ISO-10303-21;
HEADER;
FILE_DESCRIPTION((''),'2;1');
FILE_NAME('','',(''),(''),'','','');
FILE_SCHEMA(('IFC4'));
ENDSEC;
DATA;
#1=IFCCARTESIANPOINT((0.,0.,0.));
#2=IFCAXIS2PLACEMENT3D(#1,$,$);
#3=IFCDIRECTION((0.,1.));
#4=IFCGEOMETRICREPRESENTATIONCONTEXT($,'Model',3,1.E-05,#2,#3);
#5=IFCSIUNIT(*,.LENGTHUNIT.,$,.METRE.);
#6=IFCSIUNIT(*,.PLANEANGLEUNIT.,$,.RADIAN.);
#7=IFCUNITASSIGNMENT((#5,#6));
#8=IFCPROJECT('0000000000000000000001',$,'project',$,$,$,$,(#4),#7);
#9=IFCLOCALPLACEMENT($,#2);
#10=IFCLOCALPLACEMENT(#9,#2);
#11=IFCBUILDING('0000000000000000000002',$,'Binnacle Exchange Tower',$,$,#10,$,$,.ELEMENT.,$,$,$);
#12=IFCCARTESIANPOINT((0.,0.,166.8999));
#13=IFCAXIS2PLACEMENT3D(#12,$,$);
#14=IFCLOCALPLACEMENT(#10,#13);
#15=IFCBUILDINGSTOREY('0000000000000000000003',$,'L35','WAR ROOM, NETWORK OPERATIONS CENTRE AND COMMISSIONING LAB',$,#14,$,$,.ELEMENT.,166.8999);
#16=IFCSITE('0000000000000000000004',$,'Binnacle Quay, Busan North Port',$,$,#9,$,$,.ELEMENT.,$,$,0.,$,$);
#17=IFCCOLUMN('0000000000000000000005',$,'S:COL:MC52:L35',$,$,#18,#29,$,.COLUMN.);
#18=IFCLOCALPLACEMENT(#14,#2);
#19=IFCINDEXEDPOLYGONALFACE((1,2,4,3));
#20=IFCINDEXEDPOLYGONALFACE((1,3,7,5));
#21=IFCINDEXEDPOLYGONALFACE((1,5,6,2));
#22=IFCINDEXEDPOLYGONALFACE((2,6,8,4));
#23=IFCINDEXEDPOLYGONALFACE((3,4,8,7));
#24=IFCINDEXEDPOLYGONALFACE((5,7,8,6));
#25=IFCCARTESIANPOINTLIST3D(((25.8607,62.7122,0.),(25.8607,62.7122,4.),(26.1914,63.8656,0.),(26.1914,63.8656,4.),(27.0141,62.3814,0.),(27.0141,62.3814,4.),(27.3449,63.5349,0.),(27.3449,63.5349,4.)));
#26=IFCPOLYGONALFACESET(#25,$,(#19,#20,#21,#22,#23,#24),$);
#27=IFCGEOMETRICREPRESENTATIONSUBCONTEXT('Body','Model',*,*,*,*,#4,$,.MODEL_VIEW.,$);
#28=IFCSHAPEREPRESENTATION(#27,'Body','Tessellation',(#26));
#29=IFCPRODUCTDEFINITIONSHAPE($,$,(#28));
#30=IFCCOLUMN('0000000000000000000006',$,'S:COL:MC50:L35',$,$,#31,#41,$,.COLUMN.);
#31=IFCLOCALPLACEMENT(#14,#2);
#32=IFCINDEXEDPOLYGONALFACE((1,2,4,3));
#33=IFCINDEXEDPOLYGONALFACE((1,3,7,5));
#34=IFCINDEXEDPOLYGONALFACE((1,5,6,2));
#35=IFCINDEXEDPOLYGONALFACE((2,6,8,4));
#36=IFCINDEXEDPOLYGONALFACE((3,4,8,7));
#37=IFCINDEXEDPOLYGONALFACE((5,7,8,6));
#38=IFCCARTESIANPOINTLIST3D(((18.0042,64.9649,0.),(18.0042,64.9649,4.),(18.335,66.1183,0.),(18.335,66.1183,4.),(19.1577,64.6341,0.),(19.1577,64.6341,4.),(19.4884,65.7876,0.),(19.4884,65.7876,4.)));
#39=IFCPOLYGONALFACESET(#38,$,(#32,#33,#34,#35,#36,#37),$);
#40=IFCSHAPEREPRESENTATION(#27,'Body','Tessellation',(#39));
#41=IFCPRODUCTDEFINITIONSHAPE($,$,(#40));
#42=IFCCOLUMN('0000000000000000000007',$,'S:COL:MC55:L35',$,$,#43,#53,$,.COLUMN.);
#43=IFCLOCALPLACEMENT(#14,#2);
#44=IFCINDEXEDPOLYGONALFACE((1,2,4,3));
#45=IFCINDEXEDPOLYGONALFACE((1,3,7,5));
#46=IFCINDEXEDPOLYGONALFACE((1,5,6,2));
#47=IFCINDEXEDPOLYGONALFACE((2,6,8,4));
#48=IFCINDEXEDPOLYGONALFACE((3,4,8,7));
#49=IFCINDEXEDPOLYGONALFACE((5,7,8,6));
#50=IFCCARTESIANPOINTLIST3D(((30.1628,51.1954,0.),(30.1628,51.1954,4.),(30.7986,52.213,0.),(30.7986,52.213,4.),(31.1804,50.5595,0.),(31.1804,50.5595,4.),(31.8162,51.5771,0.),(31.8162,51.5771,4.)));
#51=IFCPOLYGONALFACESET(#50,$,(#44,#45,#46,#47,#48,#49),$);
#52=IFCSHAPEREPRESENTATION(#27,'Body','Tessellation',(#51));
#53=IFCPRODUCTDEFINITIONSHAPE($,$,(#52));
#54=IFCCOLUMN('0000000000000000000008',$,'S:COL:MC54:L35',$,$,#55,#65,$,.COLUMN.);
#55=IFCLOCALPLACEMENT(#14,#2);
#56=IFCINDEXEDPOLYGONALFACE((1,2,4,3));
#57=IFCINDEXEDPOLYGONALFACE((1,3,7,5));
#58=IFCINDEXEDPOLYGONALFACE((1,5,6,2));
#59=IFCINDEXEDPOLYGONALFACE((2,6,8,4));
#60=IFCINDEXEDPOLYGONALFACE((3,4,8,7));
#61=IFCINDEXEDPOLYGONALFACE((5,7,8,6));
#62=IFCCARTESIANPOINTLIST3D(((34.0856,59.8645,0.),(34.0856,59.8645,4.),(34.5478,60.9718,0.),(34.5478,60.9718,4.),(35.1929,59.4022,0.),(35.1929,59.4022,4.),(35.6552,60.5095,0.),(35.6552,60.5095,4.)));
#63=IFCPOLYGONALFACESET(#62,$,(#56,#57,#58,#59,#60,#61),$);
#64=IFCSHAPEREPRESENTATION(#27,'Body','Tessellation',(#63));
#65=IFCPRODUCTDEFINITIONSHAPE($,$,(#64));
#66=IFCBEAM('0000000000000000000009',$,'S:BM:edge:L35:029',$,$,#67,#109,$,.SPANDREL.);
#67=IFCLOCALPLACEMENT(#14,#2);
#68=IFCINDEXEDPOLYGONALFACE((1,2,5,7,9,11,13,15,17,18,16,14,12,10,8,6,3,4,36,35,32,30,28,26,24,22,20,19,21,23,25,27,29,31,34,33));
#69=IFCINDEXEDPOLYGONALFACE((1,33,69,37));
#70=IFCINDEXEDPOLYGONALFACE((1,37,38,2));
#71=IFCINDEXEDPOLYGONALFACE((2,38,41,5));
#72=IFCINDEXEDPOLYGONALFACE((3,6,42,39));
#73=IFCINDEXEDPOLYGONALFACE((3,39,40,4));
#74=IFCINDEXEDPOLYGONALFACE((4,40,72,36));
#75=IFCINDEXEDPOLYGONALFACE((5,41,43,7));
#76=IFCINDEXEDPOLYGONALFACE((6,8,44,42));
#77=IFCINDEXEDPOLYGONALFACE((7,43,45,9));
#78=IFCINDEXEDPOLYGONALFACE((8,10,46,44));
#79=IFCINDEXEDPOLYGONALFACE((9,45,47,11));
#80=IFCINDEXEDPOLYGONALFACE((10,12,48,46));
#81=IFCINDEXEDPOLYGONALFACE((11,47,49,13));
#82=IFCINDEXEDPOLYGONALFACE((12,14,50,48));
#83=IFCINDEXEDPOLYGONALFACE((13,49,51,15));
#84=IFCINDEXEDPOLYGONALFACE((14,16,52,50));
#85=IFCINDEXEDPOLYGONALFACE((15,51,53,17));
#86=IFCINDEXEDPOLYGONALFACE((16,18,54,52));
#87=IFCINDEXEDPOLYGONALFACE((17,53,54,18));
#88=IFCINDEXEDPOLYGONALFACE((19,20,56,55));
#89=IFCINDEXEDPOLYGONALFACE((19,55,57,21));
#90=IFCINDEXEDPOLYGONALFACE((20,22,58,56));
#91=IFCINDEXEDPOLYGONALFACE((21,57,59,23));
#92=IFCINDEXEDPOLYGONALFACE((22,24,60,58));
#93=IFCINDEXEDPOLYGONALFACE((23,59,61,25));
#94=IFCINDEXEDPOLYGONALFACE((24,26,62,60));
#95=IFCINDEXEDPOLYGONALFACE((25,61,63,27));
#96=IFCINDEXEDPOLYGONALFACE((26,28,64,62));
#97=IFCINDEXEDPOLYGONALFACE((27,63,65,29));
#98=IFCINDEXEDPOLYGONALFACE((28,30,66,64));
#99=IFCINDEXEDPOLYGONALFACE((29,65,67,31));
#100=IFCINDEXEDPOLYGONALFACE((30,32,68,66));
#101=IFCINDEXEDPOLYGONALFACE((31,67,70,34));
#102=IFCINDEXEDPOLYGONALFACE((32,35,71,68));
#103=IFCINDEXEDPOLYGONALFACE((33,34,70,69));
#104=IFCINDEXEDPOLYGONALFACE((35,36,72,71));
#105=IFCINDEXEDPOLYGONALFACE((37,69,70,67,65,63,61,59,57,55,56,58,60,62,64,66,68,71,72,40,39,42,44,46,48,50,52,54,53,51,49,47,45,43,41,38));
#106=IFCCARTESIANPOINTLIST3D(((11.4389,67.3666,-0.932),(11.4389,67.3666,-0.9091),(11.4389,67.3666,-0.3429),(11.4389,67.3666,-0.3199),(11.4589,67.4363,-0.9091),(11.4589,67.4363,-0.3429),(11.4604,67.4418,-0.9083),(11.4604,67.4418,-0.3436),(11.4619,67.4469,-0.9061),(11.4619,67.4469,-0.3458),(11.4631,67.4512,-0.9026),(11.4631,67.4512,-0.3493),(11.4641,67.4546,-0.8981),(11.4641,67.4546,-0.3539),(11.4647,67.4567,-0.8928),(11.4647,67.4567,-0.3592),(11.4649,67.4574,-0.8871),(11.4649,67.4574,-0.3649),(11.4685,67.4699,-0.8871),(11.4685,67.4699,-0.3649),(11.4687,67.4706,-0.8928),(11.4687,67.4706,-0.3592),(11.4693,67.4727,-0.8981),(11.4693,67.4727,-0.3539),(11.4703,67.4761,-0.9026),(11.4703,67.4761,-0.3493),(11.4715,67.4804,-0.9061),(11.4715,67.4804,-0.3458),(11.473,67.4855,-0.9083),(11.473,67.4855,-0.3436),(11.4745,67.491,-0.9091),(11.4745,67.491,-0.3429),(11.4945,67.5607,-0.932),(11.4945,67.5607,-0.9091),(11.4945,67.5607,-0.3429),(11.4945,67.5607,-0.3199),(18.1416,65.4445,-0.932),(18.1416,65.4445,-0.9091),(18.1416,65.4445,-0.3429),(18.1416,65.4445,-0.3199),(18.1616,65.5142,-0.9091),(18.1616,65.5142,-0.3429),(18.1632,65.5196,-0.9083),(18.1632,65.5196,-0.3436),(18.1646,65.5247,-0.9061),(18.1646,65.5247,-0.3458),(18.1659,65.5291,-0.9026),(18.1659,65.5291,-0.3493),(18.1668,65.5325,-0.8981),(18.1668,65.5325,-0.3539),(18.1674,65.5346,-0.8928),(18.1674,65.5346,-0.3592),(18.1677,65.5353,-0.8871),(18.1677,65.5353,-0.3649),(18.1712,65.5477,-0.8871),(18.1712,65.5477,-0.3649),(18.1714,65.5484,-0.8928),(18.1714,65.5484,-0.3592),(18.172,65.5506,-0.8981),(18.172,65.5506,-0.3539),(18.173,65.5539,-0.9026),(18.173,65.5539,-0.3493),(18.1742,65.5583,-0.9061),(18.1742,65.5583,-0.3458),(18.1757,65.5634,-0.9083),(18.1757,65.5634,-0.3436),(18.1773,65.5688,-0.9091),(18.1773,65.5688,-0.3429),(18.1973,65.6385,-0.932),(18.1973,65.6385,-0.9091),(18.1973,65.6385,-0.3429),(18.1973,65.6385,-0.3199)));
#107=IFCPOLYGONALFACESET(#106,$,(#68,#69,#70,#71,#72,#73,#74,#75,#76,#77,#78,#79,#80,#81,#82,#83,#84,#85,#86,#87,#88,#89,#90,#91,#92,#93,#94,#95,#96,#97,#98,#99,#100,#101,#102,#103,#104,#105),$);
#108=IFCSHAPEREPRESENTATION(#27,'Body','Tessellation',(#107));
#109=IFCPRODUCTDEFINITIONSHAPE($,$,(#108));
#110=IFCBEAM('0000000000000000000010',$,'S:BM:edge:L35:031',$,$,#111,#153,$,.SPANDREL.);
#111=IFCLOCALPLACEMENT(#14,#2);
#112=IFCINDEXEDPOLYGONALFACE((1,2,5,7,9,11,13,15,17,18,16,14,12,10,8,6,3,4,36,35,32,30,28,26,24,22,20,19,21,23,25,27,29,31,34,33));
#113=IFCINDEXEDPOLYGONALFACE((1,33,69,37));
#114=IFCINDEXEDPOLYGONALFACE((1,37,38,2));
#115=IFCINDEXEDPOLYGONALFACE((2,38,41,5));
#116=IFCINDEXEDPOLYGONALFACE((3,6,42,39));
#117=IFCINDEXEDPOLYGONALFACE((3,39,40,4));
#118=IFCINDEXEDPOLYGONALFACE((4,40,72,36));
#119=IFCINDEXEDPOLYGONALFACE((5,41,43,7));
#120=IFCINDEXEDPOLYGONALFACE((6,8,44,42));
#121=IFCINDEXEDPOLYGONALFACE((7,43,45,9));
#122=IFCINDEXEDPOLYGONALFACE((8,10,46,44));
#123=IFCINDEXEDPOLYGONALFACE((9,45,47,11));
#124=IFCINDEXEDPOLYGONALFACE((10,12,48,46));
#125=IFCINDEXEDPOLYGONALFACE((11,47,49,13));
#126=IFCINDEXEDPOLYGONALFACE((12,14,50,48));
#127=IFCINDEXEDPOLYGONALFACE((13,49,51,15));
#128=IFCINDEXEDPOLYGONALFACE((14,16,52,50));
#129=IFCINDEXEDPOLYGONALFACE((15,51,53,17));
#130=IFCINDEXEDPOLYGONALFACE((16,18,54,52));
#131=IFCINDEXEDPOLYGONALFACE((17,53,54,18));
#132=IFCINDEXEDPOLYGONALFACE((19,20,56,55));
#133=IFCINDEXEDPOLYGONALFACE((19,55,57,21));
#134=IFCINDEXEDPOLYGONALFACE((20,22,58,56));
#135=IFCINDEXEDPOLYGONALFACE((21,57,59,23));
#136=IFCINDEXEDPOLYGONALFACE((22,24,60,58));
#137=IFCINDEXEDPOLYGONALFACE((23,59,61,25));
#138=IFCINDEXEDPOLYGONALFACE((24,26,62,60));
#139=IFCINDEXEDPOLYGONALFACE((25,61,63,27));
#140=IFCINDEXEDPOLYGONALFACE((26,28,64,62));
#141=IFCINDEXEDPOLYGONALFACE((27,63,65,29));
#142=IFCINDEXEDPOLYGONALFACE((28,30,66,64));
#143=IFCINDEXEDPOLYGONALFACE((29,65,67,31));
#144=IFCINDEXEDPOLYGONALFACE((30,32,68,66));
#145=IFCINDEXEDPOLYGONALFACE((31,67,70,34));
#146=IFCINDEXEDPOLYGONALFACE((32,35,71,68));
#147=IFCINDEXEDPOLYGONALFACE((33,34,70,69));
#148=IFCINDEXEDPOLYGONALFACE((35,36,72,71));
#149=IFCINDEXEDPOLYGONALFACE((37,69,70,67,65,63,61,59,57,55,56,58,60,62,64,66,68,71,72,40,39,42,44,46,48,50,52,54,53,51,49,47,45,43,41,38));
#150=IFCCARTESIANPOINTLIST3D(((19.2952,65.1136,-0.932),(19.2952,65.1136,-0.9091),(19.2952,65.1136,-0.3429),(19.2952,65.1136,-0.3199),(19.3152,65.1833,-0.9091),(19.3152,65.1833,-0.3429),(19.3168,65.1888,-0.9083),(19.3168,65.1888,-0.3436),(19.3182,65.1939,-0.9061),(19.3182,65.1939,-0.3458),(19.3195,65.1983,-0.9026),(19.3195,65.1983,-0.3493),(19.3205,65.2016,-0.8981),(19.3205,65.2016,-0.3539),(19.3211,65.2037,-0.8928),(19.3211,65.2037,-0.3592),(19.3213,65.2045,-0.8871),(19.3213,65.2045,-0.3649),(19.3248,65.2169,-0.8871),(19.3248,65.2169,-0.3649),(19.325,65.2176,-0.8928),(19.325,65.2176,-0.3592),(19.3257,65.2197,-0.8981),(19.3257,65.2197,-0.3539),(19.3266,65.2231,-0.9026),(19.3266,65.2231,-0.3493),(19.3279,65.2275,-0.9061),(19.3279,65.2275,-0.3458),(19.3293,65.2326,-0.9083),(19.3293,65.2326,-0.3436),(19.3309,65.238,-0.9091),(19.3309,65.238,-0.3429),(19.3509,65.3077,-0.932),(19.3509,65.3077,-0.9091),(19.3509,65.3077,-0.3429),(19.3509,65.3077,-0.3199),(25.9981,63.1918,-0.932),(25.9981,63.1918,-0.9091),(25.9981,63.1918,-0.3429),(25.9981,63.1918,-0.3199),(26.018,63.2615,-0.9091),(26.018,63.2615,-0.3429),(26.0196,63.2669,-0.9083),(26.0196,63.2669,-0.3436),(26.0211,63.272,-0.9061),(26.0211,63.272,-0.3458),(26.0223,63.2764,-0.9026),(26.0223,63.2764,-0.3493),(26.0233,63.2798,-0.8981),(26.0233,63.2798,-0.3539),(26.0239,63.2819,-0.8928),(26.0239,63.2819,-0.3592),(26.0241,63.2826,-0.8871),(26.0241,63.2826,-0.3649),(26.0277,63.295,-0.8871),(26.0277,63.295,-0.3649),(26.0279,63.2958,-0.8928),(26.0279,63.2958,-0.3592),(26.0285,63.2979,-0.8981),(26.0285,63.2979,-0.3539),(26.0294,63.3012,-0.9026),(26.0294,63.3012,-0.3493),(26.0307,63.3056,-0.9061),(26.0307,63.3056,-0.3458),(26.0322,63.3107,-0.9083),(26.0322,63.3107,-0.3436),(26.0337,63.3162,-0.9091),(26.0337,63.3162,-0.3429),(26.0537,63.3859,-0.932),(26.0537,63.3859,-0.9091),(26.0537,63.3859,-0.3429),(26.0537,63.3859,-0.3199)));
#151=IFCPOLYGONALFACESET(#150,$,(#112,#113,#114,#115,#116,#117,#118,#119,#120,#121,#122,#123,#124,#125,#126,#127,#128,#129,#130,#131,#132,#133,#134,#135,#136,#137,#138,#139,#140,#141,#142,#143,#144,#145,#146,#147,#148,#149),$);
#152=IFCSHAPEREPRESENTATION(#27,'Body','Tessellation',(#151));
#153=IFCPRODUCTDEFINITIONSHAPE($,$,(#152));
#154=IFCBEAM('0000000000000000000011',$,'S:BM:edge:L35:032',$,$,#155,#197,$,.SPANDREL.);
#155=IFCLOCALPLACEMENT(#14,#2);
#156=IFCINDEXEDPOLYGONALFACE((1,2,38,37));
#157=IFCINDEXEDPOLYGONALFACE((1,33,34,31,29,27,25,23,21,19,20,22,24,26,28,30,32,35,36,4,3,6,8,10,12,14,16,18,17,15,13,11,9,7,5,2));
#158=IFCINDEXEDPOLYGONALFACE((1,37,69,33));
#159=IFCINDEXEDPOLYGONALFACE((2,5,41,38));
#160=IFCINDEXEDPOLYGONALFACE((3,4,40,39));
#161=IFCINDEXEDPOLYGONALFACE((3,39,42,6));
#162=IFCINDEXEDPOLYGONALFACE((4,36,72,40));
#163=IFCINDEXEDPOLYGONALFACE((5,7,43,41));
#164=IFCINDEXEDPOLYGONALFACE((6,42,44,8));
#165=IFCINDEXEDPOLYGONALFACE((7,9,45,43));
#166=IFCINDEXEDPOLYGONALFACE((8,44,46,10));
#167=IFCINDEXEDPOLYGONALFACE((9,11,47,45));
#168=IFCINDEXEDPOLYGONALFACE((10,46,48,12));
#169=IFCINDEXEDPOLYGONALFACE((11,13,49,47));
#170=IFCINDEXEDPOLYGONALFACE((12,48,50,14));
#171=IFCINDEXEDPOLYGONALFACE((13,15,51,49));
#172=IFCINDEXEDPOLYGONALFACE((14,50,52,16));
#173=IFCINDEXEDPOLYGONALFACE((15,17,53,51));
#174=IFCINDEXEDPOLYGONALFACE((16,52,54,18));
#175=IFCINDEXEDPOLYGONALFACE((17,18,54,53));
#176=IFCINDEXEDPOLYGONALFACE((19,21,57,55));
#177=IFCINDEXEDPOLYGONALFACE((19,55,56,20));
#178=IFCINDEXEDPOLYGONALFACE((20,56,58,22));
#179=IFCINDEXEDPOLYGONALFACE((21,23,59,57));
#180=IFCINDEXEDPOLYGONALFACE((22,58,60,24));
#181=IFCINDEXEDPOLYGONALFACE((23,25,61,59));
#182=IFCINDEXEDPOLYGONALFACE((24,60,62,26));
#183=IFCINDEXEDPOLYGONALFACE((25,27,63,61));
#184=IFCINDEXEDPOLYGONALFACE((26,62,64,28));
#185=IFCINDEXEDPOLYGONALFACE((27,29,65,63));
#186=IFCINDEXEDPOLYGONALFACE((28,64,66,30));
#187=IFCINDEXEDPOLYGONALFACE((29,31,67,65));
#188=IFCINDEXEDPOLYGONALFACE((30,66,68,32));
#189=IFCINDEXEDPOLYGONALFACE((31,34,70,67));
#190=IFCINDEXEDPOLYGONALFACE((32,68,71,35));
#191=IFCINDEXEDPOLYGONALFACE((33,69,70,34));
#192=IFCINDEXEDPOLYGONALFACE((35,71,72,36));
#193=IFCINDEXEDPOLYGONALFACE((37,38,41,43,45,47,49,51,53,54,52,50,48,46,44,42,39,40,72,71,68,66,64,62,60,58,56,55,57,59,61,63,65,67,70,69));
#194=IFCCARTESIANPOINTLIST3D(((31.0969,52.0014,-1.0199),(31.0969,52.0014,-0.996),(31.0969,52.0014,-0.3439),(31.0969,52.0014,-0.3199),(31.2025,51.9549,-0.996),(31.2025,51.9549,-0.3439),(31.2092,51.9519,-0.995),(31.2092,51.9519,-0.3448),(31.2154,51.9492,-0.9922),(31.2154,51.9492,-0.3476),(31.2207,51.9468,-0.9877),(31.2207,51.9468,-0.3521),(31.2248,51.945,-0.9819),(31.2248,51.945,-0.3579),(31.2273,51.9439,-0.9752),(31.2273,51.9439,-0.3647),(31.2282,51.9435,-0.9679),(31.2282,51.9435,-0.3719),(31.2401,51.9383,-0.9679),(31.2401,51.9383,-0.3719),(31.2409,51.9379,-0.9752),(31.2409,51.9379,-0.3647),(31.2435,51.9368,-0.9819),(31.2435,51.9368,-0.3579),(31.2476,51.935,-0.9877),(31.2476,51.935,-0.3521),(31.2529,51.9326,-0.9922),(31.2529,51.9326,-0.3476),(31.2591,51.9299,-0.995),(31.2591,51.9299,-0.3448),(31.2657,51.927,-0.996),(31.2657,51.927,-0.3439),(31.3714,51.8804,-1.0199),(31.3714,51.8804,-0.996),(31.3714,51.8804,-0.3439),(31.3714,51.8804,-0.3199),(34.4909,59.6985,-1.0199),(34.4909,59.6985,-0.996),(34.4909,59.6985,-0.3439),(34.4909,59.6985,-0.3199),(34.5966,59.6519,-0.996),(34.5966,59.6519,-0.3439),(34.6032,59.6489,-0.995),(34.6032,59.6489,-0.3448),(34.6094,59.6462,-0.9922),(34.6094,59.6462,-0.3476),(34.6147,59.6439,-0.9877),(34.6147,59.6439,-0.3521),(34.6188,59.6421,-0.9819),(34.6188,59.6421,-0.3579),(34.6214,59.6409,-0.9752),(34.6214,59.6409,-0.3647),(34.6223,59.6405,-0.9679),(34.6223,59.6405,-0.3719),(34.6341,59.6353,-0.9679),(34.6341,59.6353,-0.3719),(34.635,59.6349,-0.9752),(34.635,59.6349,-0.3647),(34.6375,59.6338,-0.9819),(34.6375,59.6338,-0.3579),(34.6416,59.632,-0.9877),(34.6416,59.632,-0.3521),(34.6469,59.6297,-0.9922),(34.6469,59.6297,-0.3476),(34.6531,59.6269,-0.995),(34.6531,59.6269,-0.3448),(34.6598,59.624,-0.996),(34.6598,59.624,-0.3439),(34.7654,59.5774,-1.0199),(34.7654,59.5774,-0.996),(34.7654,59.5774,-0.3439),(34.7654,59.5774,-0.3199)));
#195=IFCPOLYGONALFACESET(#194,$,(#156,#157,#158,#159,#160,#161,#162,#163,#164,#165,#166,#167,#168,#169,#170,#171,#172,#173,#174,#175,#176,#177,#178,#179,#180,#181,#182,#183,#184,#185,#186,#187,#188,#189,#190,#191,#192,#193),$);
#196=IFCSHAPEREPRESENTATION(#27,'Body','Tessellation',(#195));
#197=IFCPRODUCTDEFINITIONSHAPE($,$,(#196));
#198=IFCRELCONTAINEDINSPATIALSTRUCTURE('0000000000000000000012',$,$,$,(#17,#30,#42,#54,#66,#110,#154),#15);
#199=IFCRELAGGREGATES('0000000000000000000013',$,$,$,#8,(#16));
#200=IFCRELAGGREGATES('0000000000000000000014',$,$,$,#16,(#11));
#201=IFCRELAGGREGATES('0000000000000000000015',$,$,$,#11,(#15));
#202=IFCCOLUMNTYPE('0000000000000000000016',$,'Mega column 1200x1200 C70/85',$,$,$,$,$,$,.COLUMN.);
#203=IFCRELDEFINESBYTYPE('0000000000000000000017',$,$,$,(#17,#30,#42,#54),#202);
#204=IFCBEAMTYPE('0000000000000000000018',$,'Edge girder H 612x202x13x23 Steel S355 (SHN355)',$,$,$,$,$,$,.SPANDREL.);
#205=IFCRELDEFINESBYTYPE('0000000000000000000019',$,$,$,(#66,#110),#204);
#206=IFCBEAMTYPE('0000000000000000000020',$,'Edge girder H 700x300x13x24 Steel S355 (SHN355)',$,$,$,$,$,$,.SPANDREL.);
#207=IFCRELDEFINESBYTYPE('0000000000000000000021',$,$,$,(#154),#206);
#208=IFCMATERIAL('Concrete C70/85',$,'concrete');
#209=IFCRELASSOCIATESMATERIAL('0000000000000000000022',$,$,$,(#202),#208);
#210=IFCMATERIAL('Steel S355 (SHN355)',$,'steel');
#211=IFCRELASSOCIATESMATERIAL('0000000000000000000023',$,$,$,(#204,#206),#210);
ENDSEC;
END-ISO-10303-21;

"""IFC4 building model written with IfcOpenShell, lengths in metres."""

from ifc_helpers import new_model, si_unit, direction, frame, origin, origin_2d, place, context, subcontext, project, spatial, rectangle, i_section, extrude, material, material_profile, profile_set, type_object, element, save


model = new_model("IFC4")

# Units and contexts
model_context = context("Model", 3, precision=1e-05, world=origin(), true_north=direction((0.0, 1.0)))
body_context = subcontext(model_context, "Body", "Model", "MODEL_VIEW")
ifc_project = project(units=[si_unit("LENGTHUNIT", "METRE"), si_unit("PLANEANGLEUNIT", "RADIAN")], contexts=[model_context])

# Site, building, storey
site_placement = place(None, origin())
site = spatial("IfcSite", under=ifc_project, at=site_placement, Name="Binnacle Quay, Busan North Port", CompositionType="ELEMENT", RefElevation=0.0)
building_placement = place(site_placement, origin())
building = spatial("IfcBuilding", under=site, at=building_placement, Name="Binnacle Exchange Tower", CompositionType="ELEMENT")
storey_placement = place(building_placement, frame((0.0, 0.0, 166.8999)))
storey = spatial("IfcBuildingStorey", under=building, at=storey_placement, Name="L35", Description="WAR ROOM, NETWORK OPERATIONS CENTRE AND COMMISSIONING LAB", CompositionType="ELEMENT", Elevation=166.8999)

# Columns
ifc_material_1 = material(Name="Concrete C70/85", Category="concrete")
ifc_material_profile_1 = material_profile(ifc_material_1, rectangle(XDim=1.2, YDim=1.2, at=origin_2d()), Name="Mega column 1200x1200 C70/85")
ifc_profile_set_1 = profile_set([ifc_material_profile_1], Name="Concrete C70/85")
column_type = type_object("IfcColumnType", Name="Mega column 1200x1200 C70/85", PredefinedType="COLUMN", material=ifc_profile_set_1)
for number, where, z_axis, x_axis, name in (
    (1, (26.6028, 63.1235, 0.0), (0.0, 0.0, 1.0), (-0.961262, 0.275637, 0.0), "S:COL:MC52:L35"),
    (2, (18.7463, 65.3762, 0.0), (0.0, 0.0, 1.0), (-0.961262, 0.275637, 0.0), "S:COL:MC50:L35"),
    (3, (30.9895, 51.3862, 0.0), (0.0, 0.0, 1.0), (0.529919, 0.848048, 0.0), "S:COL:MC55:L35"),
    (4, (34.8704, 60.187, 0.0), (0.0, 0.0, 1.0), (-0.922814, 0.385246, 0.0), "S:COL:MC54:L35"),
):
    element("IfcColumn", number, at=place(storey_placement, frame(where, z_axis=z_axis, x_axis=x_axis)), inside=storey, type_object=column_type, Name=name, PredefinedType="COLUMN", context=body_context, shape_type="SweptSolid", body=[
        extrude(rectangle(XDim=1.2, YDim=1.2, at=origin_2d()), origin(), (0.0, 0.0, 1.0), 4.0),
    ])

# Beams
ifc_material_2 = material(Name="Steel S355 (SHN355)", Category="steel")
ifc_material_profile_2 = material_profile(ifc_material_2, i_section(OverallWidth=0.2019, OverallDepth=0.6121, WebThickness=0.0129, FlangeThickness=0.0229, FilletRadius=0.022, at=origin_2d()), Name="H 612x202x13x23")
ifc_profile_set_2 = profile_set([ifc_material_profile_2], Name="Steel S355 (SHN355)")
beam_type_1 = type_object("IfcBeamType", Name="Edge girder H 612x202x13x23 Steel S355 (SHN355)", PredefinedType="SPANDREL", material=ifc_profile_set_2)
for number, where, z_axis, x_axis, name in (
    (5, (18.1694, 65.5415, -0.626), (-0.961255, 0.27566, 0.0), (-0.27566, -0.961255, 0.0), "S:BM:edge:L35:029"),
    (6, (26.0259, 63.2888, -0.626), (-0.961267, 0.275618, 0.0), (-0.275618, -0.961267, 0.0), "S:BM:edge:L35:031"),
):
    element("IfcBeam", number, at=place(storey_placement, frame(where, z_axis=z_axis, x_axis=x_axis)), inside=storey, type_object=beam_type_1, Name=name, PredefinedType="SPANDREL", context=body_context, shape_type="SweptSolid", body=[
        extrude(i_section(OverallWidth=0.2019, OverallDepth=0.6121, WebThickness=0.0129, FlangeThickness=0.0229, FilletRadius=0.022, at=origin_2d()), origin(), (0.0, 0.0, 1.0), 6.9729),
    ])
ifc_material_profile_3 = material_profile(ifc_material_2, i_section(OverallWidth=0.3, OverallDepth=0.7, WebThickness=0.0129, FlangeThickness=0.0239, FilletRadius=0.0281, at=origin_2d()), Name="H 700x300x13x24")
ifc_profile_set_3 = profile_set([ifc_material_profile_3], Name="Steel S355 (SHN355)")
beam_type_2 = type_object("IfcBeamType", Name="Edge girder H 700x300x13x24 Steel S355 (SHN355)", PredefinedType="SPANDREL", material=ifc_profile_set_3)
beam_1_placement = place(storey_placement, frame((31.2341, 51.9409, -0.6699), z_axis=(0.403471, 0.914992, 0.0), x_axis=(-0.914992, 0.403471, 0.0)))
element("IfcBeam", 7, at=beam_1_placement, inside=storey, type_object=beam_type_2, Name="S:BM:edge:L35:032", PredefinedType="SPANDREL", context=body_context, shape_type="SweptSolid", body=[
    extrude(i_section(OverallWidth=0.3, OverallDepth=0.7, WebThickness=0.0129, FlangeThickness=0.0239, FilletRadius=0.0281, at=origin_2d()), origin(), (0.0, 0.0, 1.0), 8.4121),
])

save(model, "model.ifc")
